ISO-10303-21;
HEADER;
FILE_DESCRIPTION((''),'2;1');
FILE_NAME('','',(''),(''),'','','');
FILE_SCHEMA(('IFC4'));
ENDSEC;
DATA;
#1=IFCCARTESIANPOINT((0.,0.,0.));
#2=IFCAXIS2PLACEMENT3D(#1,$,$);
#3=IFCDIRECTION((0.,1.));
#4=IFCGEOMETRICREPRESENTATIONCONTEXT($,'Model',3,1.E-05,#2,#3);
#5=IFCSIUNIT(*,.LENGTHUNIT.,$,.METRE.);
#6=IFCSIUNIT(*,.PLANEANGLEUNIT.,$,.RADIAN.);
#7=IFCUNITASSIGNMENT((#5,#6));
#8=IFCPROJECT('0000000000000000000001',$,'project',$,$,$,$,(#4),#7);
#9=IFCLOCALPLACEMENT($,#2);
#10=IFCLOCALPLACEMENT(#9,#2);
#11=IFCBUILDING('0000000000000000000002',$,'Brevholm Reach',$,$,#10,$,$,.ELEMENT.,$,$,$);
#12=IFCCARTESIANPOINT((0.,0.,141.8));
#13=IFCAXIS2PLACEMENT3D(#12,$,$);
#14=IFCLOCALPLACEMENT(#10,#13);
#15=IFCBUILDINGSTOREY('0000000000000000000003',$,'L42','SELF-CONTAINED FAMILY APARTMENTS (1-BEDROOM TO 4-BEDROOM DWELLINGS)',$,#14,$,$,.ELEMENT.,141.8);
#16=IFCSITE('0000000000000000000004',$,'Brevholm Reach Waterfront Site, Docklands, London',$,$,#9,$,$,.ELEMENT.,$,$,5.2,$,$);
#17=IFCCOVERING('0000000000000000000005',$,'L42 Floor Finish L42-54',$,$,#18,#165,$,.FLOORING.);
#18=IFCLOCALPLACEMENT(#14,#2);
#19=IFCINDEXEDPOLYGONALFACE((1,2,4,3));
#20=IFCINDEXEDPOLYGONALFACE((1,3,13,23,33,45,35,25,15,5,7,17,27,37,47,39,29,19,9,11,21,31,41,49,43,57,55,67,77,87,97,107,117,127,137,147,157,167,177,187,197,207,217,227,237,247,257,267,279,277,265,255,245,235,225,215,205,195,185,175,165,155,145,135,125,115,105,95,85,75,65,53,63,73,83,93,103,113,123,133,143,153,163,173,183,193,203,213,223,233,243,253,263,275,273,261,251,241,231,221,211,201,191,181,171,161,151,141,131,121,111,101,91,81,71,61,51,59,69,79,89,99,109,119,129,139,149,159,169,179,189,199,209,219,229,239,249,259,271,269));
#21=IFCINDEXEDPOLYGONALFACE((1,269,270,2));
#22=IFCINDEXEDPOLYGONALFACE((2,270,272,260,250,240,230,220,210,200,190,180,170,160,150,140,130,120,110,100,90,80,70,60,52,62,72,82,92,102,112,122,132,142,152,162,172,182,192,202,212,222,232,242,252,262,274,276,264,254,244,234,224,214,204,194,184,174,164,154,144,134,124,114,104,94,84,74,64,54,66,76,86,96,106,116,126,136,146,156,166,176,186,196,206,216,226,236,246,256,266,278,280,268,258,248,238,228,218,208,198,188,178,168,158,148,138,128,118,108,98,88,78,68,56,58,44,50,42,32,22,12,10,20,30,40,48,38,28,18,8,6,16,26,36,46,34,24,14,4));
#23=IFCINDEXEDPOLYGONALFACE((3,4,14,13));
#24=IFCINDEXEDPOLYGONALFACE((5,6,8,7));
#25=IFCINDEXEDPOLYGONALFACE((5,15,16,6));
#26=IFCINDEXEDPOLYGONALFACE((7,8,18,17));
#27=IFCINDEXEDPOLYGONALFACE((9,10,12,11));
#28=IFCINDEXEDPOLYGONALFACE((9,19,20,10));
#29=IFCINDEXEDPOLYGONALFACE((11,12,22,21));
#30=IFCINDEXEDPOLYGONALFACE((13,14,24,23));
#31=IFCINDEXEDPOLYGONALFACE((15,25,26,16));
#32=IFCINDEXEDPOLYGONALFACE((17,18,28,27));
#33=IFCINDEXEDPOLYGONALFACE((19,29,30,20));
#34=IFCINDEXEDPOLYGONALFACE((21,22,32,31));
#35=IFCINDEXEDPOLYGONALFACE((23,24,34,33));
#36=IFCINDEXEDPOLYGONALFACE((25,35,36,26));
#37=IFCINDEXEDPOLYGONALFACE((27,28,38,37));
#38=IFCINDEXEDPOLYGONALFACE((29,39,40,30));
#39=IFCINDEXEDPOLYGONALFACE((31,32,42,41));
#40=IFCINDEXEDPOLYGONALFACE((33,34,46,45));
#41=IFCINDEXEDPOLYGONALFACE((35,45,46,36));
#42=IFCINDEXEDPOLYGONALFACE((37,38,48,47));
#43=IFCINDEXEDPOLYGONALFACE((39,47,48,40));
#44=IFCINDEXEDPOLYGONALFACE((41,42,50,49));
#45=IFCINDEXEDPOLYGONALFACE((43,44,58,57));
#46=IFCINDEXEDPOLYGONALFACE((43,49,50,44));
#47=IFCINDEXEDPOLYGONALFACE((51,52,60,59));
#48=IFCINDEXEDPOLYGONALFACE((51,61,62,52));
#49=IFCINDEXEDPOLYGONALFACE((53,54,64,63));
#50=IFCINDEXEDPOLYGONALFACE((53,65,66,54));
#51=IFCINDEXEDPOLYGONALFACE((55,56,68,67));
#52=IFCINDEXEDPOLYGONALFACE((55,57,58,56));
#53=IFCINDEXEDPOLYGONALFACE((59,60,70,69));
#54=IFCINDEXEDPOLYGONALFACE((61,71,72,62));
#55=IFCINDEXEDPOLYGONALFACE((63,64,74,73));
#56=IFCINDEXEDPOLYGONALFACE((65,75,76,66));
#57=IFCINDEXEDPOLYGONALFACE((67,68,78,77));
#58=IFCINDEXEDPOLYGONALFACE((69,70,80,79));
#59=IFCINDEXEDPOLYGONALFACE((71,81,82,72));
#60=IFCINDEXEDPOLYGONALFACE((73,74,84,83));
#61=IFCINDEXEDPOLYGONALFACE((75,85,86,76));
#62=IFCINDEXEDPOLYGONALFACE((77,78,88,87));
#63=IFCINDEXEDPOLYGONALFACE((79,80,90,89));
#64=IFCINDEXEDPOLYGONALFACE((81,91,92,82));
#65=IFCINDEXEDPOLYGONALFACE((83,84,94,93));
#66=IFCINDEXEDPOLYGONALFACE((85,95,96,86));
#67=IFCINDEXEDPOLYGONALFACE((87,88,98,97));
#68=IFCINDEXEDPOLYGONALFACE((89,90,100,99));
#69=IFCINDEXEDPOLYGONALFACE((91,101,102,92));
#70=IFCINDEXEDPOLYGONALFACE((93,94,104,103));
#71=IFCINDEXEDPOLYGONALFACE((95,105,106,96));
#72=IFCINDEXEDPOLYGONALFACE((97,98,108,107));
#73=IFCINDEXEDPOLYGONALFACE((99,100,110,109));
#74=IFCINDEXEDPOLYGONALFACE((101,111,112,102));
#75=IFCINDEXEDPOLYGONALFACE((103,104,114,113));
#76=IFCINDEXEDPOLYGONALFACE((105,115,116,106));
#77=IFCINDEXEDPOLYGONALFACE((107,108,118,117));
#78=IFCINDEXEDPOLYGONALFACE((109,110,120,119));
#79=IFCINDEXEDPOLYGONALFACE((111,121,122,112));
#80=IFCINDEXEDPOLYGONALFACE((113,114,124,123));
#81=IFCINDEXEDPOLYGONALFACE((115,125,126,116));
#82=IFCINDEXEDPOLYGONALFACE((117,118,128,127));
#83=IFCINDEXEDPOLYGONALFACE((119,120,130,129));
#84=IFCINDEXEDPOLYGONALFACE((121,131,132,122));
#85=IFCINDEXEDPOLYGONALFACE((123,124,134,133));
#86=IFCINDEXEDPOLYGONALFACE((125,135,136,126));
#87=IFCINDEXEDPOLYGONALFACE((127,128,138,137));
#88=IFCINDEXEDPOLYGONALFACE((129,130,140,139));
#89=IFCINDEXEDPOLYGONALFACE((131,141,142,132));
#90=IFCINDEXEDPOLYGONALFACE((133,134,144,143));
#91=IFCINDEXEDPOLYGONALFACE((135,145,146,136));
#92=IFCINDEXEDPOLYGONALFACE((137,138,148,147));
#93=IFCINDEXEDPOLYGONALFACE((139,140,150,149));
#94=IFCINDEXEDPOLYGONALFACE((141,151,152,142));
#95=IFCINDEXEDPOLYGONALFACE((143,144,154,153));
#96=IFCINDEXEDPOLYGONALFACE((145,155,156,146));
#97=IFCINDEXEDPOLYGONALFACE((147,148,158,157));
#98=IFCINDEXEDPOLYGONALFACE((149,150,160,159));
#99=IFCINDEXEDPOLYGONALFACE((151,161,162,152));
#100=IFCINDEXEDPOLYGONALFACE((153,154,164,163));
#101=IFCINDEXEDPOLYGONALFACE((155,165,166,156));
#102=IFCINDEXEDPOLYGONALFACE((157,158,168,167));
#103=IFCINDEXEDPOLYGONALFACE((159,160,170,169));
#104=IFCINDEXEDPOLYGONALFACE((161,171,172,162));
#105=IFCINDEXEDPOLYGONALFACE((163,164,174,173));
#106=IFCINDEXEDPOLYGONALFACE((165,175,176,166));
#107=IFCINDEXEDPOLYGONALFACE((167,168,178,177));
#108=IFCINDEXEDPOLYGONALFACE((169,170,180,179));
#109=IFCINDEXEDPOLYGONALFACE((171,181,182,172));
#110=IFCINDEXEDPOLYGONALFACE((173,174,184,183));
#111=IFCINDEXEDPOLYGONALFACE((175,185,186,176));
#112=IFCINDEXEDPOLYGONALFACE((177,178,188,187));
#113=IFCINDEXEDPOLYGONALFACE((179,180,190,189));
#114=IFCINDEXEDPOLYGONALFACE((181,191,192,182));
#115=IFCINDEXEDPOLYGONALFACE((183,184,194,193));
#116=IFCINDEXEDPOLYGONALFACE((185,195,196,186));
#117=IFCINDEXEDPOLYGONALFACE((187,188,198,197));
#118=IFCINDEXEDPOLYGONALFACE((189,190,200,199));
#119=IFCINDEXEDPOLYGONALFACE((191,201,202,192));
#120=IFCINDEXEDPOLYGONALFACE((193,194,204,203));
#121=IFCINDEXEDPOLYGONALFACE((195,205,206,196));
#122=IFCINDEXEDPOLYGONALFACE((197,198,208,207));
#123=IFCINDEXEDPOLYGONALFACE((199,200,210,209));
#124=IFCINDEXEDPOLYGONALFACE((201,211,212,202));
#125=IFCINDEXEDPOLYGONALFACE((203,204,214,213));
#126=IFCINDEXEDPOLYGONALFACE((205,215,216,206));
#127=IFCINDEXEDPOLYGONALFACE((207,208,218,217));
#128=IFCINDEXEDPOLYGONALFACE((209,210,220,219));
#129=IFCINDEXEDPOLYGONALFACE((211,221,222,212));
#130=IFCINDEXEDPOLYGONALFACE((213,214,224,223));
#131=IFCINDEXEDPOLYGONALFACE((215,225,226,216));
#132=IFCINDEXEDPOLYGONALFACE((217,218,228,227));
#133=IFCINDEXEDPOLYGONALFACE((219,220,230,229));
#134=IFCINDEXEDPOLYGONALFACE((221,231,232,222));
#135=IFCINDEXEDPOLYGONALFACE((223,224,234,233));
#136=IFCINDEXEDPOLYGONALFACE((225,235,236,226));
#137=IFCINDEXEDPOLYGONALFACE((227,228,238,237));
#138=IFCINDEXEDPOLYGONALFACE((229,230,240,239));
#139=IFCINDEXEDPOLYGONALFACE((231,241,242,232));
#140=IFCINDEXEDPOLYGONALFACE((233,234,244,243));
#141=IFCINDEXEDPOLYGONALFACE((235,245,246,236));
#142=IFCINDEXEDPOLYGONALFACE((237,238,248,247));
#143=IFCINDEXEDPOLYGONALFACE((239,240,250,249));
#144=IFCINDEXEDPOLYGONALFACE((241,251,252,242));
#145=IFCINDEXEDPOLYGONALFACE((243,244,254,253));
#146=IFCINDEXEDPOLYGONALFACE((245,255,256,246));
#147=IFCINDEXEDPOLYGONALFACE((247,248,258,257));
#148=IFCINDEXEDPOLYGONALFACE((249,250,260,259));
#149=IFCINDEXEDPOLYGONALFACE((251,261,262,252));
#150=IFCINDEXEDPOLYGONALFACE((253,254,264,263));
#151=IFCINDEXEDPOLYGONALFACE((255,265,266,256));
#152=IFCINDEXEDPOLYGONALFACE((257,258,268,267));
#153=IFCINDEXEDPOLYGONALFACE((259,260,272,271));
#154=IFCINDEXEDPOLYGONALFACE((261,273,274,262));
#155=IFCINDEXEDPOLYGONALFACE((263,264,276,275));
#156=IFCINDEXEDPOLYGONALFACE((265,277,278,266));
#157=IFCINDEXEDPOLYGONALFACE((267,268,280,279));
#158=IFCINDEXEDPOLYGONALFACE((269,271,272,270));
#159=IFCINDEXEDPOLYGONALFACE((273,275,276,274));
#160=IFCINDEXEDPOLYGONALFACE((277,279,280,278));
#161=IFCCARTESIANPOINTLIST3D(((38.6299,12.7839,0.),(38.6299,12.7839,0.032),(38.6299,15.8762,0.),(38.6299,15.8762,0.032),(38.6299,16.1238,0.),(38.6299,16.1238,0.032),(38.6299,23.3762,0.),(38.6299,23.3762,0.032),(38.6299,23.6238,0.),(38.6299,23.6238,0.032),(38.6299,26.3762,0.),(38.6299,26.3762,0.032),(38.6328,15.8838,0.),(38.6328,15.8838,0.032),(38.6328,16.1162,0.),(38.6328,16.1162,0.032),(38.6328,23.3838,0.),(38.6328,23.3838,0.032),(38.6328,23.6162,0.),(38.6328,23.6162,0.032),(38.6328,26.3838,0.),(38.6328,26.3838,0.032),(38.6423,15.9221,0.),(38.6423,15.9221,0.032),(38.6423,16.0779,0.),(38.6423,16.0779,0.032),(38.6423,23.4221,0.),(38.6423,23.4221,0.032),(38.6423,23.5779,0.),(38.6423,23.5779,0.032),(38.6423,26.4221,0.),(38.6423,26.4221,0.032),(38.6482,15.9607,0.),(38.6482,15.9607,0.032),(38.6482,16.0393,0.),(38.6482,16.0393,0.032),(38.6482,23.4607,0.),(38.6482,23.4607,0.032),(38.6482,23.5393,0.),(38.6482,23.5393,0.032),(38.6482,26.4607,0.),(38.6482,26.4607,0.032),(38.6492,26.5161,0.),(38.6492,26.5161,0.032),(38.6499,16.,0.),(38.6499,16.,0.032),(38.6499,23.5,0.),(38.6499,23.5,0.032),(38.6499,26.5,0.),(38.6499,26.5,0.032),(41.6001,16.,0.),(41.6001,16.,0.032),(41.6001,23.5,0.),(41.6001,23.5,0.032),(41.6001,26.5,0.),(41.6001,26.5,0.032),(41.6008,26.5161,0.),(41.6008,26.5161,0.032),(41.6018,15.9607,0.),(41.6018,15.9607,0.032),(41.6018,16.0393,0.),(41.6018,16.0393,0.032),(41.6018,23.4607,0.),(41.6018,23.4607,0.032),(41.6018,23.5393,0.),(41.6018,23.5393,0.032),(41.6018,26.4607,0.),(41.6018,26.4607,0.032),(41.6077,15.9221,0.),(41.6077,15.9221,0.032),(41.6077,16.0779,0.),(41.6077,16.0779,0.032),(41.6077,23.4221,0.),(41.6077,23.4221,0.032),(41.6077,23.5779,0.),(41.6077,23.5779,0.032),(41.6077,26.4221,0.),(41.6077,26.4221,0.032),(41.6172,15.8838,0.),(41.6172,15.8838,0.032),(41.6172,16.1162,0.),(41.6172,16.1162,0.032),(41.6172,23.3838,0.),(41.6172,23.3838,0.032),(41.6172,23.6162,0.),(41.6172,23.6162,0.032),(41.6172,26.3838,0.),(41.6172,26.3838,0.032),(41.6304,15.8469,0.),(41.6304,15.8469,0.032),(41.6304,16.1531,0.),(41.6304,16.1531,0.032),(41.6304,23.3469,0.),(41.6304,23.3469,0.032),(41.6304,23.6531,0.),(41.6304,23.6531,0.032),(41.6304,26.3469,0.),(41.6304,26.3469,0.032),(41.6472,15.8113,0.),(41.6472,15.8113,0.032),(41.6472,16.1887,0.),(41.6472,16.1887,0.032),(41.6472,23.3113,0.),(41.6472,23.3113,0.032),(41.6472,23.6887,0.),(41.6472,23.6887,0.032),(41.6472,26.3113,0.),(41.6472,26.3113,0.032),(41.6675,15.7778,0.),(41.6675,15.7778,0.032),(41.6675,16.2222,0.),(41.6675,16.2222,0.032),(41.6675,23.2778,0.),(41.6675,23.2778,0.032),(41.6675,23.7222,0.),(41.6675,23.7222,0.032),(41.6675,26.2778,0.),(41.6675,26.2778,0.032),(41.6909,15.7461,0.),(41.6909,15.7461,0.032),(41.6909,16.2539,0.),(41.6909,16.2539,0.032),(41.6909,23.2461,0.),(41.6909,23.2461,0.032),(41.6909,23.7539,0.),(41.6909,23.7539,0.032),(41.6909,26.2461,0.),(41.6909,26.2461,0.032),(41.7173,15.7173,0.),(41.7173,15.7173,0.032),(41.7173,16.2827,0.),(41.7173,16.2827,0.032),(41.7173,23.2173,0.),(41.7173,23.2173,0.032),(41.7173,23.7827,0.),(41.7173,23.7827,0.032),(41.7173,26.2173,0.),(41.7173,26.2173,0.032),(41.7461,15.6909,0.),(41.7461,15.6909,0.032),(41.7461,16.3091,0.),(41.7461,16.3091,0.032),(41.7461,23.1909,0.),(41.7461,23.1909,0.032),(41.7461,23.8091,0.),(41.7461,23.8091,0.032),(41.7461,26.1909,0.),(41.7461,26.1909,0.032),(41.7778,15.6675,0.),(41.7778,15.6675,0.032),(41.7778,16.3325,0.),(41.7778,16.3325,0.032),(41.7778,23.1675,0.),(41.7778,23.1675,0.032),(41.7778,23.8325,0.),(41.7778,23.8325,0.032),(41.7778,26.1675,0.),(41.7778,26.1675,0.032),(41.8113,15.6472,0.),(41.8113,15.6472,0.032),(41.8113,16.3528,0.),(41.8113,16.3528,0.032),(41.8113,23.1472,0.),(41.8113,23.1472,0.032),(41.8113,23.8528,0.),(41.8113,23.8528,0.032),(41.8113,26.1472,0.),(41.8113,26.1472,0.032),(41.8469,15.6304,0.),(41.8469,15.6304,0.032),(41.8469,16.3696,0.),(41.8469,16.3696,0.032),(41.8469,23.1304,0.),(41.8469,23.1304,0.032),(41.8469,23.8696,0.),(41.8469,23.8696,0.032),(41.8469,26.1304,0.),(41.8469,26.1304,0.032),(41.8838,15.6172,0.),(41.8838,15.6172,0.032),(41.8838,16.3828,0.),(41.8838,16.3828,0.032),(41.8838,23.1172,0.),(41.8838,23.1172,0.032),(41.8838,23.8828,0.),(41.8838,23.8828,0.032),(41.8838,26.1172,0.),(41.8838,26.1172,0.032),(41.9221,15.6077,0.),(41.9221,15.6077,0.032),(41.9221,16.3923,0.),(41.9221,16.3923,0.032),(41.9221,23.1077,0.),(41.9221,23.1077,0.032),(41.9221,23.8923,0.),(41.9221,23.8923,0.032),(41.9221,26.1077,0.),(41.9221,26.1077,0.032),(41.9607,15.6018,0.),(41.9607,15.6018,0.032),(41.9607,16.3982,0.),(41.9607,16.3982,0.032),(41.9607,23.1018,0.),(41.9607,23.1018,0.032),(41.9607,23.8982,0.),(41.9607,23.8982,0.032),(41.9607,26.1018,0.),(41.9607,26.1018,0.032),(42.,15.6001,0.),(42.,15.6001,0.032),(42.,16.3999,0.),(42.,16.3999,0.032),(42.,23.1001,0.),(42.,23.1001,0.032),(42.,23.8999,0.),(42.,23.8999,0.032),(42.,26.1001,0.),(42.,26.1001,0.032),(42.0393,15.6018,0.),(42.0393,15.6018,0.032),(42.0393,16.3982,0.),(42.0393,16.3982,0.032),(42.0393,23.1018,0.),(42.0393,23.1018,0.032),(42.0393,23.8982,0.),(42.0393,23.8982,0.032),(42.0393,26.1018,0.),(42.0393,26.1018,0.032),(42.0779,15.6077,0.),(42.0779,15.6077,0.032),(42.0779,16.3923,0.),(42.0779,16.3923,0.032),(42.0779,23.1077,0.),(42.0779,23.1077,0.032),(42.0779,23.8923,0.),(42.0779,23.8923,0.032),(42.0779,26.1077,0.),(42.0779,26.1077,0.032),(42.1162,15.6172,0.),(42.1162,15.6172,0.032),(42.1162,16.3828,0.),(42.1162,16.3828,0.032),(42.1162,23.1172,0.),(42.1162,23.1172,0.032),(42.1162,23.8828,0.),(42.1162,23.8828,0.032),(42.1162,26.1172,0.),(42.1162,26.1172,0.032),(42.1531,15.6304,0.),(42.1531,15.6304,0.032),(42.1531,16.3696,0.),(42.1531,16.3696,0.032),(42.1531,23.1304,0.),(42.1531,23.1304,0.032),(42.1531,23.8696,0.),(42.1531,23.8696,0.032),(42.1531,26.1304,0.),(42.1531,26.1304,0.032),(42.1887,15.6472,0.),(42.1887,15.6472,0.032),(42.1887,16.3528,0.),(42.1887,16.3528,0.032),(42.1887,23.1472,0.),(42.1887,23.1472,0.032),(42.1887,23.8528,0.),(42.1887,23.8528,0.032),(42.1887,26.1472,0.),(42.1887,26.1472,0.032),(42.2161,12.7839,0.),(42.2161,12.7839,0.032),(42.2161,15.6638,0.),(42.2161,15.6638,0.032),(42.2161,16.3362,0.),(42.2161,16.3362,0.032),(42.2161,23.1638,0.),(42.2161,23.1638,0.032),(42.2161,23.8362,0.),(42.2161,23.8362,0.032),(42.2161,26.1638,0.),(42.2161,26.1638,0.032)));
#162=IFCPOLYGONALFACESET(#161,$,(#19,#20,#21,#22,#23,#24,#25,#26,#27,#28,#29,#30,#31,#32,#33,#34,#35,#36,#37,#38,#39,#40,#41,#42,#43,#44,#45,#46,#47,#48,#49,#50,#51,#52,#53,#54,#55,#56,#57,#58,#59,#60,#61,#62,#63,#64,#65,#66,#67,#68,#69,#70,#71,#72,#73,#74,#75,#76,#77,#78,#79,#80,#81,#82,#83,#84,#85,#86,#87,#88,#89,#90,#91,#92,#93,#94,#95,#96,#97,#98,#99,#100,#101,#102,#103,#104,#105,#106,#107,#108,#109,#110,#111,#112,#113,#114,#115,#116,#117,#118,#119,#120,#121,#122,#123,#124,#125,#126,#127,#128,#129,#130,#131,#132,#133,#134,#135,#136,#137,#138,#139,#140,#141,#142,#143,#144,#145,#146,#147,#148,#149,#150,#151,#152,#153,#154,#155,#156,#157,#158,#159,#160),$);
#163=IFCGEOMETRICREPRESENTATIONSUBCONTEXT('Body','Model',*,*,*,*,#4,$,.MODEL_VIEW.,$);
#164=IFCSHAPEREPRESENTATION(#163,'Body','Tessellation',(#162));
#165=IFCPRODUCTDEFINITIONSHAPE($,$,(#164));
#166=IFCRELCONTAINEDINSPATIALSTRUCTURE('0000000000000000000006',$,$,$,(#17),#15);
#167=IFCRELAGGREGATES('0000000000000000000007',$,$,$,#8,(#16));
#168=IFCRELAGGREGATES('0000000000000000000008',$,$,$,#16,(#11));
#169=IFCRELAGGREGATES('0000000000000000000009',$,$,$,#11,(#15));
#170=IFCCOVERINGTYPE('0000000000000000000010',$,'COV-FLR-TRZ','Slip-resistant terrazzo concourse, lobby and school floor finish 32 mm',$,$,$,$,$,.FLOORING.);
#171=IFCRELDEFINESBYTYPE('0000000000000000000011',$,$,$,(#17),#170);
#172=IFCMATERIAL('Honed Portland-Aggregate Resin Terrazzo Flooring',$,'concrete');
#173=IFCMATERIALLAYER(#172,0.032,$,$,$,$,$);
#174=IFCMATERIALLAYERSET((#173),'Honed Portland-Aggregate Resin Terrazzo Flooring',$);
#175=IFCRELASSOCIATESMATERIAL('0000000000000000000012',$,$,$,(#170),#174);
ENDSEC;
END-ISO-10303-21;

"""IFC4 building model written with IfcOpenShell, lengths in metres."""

from ifc_helpers import new_model, si_unit, direction, frame, origin, place, context, subcontext, project, spatial, polyline, outline, extrude, material, layer, layer_set, type_object, element, save


model = new_model("IFC4")

# Units and contexts
model_context = context("Model", 3, precision=1e-05, world=origin(), true_north=direction((0.0, 1.0)))
body_context = subcontext(model_context, "Body", "Model", "MODEL_VIEW")
ifc_project = project(units=[si_unit("LENGTHUNIT", "METRE"), si_unit("PLANEANGLEUNIT", "RADIAN")], contexts=[model_context])

# Site, building, storey
site_placement = place(None, origin())
site = spatial("IfcSite", under=ifc_project, at=site_placement, Name="Brevholm Reach Waterfront Site, Docklands, London", CompositionType="ELEMENT", RefElevation=5.2)
building_placement = place(site_placement, origin())
building = spatial("IfcBuilding", under=site, at=building_placement, Name="Brevholm Reach", CompositionType="ELEMENT")
storey_placement = place(building_placement, frame((0.0, 0.0, 141.8)))
storey = spatial("IfcBuildingStorey", under=building, at=storey_placement, Name="L42", Description="SELF-CONTAINED FAMILY APARTMENTS (1-BEDROOM TO 4-BEDROOM DWELLINGS)", CompositionType="ELEMENT", Elevation=141.8)

# Covering
ifc_material_1 = material(Name="Honed Portland-Aggregate Resin Terrazzo Flooring", Category="concrete")
ifc_layer_1 = layer(ifc_material_1, 0.032)
ifc_layer_set_1 = layer_set([ifc_layer_1], Name="Honed Portland-Aggregate Resin Terrazzo Flooring")
covering_type_1 = type_object("IfcCoveringType", Name="COV-FLR-TRZ", Description="Slip-resistant terrazzo concourse, lobby and school floor finish 32 mm", PredefinedType="FLOORING", material=ifc_layer_set_1)
covering_1_placement = place(storey_placement, origin())
element("IfcCovering", 1, at=covering_1_placement, inside=storey, type_object=covering_type_1, Name="L42 Floor Finish L42-54", PredefinedType="FLOORING", context=body_context, shape_type="SweptSolid", body=[
    extrude(outline(polyline([(38.6299, 15.8762), (38.6328, 15.8838), (38.6423, 15.9221), (38.6482, 15.9607), (38.6499, 16.0), (38.6482, 16.0393), (38.6423, 16.0779), (38.6328, 16.1162), (38.6299, 16.1238), (38.6299, 23.3762), (38.6328, 23.3838), (38.6423, 23.4221), (38.6482, 23.4607), (38.6499, 23.5), (38.6482, 23.5393), (38.6423, 23.5779), (38.6328, 23.6162), (38.6299, 23.6238), (38.6299, 26.3762), (38.6328, 26.3838), (38.6423, 26.4221), (38.6482, 26.4607), (38.6499, 26.5), (38.6492, 26.5161), (41.6008, 26.5161), (41.6001, 26.5), (41.6018, 26.4607), (41.6077, 26.4221), (41.6172, 26.3838), (41.6304, 26.3469), (41.6472, 26.3113), (41.6675, 26.2778), (41.6909, 26.2461), (41.7173, 26.2173), (41.7461, 26.1909), (41.7778, 26.1675), (41.8113, 26.1472), (41.8469, 26.1304), (41.8838, 26.1172), (41.9221, 26.1077), (41.9607, 26.1018), (42.0, 26.1001), (42.0393, 26.1018), (42.0779, 26.1077), (42.1162, 26.1172), (42.1531, 26.1304), (42.1887, 26.1472), (42.2161, 26.1638), (42.2161, 23.8362), (42.1887, 23.8528), (42.1531, 23.8696), (42.1162, 23.8828), (42.0779, 23.8923), (42.0393, 23.8982), (42.0, 23.8999), (41.9607, 23.8982), (41.9221, 23.8923), (41.8838, 23.8828), (41.8469, 23.8696), (41.8113, 23.8528), (41.7778, 23.8325), (41.7461, 23.8091), (41.7173, 23.7827), (41.6909, 23.7539), (41.6675, 23.7222), (41.6472, 23.6887), (41.6304, 23.6531), (41.6172, 23.6162), (41.6077, 23.5779), (41.6018, 23.5393), (41.6001, 23.5), (41.6018, 23.4607), (41.6077, 23.4221), (41.6172, 23.3838), (41.6304, 23.3469), (41.6472, 23.3113), (41.6675, 23.2778), (41.6909, 23.2461), (41.7173, 23.2173), (41.7461, 23.1909), (41.7778, 23.1675), (41.8113, 23.1472), (41.8469, 23.1304), (41.8838, 23.1172), (41.9221, 23.1077), (41.9607, 23.1018), (42.0, 23.1001), (42.0393, 23.1018), (42.0779, 23.1077), (42.1162, 23.1172), (42.1531, 23.1304), (42.1887, 23.1472), (42.2161, 23.1638), (42.2161, 16.3362), (42.1887, 16.3528), (42.1531, 16.3696), (42.1162, 16.3828), (42.0779, 16.3923), (42.0393, 16.3982), (42.0, 16.3999), (41.9607, 16.3982), (41.9221, 16.3923), (41.8838, 16.3828), (41.8469, 16.3696), (41.8113, 16.3528), (41.7778, 16.3325), (41.7461, 16.3091), (41.7173, 16.2827), (41.6909, 16.2539), (41.6675, 16.2222), (41.6472, 16.1887), (41.6304, 16.1531), (41.6172, 16.1162), (41.6077, 16.0779), (41.6018, 16.0393), (41.6001, 16.0), (41.6018, 15.9607), (41.6077, 15.9221), (41.6172, 15.8838), (41.6304, 15.8469), (41.6472, 15.8113), (41.6675, 15.7778), (41.6909, 15.7461), (41.7173, 15.7173), (41.7461, 15.6909), (41.7778, 15.6675), (41.8113, 15.6472), (41.8469, 15.6304), (41.8838, 15.6172), (41.9221, 15.6077), (41.9607, 15.6018), (42.0, 15.6001), (42.0393, 15.6018), (42.0779, 15.6077), (42.1162, 15.6172), (42.1531, 15.6304), (42.1887, 15.6472), (42.2161, 15.6638), (42.2161, 12.7839), (38.6299, 12.7839), (38.6299, 15.8762)])), origin(), (0.0, 0.0, 1.0), 0.032),
])

save(model, "model.ifc")
